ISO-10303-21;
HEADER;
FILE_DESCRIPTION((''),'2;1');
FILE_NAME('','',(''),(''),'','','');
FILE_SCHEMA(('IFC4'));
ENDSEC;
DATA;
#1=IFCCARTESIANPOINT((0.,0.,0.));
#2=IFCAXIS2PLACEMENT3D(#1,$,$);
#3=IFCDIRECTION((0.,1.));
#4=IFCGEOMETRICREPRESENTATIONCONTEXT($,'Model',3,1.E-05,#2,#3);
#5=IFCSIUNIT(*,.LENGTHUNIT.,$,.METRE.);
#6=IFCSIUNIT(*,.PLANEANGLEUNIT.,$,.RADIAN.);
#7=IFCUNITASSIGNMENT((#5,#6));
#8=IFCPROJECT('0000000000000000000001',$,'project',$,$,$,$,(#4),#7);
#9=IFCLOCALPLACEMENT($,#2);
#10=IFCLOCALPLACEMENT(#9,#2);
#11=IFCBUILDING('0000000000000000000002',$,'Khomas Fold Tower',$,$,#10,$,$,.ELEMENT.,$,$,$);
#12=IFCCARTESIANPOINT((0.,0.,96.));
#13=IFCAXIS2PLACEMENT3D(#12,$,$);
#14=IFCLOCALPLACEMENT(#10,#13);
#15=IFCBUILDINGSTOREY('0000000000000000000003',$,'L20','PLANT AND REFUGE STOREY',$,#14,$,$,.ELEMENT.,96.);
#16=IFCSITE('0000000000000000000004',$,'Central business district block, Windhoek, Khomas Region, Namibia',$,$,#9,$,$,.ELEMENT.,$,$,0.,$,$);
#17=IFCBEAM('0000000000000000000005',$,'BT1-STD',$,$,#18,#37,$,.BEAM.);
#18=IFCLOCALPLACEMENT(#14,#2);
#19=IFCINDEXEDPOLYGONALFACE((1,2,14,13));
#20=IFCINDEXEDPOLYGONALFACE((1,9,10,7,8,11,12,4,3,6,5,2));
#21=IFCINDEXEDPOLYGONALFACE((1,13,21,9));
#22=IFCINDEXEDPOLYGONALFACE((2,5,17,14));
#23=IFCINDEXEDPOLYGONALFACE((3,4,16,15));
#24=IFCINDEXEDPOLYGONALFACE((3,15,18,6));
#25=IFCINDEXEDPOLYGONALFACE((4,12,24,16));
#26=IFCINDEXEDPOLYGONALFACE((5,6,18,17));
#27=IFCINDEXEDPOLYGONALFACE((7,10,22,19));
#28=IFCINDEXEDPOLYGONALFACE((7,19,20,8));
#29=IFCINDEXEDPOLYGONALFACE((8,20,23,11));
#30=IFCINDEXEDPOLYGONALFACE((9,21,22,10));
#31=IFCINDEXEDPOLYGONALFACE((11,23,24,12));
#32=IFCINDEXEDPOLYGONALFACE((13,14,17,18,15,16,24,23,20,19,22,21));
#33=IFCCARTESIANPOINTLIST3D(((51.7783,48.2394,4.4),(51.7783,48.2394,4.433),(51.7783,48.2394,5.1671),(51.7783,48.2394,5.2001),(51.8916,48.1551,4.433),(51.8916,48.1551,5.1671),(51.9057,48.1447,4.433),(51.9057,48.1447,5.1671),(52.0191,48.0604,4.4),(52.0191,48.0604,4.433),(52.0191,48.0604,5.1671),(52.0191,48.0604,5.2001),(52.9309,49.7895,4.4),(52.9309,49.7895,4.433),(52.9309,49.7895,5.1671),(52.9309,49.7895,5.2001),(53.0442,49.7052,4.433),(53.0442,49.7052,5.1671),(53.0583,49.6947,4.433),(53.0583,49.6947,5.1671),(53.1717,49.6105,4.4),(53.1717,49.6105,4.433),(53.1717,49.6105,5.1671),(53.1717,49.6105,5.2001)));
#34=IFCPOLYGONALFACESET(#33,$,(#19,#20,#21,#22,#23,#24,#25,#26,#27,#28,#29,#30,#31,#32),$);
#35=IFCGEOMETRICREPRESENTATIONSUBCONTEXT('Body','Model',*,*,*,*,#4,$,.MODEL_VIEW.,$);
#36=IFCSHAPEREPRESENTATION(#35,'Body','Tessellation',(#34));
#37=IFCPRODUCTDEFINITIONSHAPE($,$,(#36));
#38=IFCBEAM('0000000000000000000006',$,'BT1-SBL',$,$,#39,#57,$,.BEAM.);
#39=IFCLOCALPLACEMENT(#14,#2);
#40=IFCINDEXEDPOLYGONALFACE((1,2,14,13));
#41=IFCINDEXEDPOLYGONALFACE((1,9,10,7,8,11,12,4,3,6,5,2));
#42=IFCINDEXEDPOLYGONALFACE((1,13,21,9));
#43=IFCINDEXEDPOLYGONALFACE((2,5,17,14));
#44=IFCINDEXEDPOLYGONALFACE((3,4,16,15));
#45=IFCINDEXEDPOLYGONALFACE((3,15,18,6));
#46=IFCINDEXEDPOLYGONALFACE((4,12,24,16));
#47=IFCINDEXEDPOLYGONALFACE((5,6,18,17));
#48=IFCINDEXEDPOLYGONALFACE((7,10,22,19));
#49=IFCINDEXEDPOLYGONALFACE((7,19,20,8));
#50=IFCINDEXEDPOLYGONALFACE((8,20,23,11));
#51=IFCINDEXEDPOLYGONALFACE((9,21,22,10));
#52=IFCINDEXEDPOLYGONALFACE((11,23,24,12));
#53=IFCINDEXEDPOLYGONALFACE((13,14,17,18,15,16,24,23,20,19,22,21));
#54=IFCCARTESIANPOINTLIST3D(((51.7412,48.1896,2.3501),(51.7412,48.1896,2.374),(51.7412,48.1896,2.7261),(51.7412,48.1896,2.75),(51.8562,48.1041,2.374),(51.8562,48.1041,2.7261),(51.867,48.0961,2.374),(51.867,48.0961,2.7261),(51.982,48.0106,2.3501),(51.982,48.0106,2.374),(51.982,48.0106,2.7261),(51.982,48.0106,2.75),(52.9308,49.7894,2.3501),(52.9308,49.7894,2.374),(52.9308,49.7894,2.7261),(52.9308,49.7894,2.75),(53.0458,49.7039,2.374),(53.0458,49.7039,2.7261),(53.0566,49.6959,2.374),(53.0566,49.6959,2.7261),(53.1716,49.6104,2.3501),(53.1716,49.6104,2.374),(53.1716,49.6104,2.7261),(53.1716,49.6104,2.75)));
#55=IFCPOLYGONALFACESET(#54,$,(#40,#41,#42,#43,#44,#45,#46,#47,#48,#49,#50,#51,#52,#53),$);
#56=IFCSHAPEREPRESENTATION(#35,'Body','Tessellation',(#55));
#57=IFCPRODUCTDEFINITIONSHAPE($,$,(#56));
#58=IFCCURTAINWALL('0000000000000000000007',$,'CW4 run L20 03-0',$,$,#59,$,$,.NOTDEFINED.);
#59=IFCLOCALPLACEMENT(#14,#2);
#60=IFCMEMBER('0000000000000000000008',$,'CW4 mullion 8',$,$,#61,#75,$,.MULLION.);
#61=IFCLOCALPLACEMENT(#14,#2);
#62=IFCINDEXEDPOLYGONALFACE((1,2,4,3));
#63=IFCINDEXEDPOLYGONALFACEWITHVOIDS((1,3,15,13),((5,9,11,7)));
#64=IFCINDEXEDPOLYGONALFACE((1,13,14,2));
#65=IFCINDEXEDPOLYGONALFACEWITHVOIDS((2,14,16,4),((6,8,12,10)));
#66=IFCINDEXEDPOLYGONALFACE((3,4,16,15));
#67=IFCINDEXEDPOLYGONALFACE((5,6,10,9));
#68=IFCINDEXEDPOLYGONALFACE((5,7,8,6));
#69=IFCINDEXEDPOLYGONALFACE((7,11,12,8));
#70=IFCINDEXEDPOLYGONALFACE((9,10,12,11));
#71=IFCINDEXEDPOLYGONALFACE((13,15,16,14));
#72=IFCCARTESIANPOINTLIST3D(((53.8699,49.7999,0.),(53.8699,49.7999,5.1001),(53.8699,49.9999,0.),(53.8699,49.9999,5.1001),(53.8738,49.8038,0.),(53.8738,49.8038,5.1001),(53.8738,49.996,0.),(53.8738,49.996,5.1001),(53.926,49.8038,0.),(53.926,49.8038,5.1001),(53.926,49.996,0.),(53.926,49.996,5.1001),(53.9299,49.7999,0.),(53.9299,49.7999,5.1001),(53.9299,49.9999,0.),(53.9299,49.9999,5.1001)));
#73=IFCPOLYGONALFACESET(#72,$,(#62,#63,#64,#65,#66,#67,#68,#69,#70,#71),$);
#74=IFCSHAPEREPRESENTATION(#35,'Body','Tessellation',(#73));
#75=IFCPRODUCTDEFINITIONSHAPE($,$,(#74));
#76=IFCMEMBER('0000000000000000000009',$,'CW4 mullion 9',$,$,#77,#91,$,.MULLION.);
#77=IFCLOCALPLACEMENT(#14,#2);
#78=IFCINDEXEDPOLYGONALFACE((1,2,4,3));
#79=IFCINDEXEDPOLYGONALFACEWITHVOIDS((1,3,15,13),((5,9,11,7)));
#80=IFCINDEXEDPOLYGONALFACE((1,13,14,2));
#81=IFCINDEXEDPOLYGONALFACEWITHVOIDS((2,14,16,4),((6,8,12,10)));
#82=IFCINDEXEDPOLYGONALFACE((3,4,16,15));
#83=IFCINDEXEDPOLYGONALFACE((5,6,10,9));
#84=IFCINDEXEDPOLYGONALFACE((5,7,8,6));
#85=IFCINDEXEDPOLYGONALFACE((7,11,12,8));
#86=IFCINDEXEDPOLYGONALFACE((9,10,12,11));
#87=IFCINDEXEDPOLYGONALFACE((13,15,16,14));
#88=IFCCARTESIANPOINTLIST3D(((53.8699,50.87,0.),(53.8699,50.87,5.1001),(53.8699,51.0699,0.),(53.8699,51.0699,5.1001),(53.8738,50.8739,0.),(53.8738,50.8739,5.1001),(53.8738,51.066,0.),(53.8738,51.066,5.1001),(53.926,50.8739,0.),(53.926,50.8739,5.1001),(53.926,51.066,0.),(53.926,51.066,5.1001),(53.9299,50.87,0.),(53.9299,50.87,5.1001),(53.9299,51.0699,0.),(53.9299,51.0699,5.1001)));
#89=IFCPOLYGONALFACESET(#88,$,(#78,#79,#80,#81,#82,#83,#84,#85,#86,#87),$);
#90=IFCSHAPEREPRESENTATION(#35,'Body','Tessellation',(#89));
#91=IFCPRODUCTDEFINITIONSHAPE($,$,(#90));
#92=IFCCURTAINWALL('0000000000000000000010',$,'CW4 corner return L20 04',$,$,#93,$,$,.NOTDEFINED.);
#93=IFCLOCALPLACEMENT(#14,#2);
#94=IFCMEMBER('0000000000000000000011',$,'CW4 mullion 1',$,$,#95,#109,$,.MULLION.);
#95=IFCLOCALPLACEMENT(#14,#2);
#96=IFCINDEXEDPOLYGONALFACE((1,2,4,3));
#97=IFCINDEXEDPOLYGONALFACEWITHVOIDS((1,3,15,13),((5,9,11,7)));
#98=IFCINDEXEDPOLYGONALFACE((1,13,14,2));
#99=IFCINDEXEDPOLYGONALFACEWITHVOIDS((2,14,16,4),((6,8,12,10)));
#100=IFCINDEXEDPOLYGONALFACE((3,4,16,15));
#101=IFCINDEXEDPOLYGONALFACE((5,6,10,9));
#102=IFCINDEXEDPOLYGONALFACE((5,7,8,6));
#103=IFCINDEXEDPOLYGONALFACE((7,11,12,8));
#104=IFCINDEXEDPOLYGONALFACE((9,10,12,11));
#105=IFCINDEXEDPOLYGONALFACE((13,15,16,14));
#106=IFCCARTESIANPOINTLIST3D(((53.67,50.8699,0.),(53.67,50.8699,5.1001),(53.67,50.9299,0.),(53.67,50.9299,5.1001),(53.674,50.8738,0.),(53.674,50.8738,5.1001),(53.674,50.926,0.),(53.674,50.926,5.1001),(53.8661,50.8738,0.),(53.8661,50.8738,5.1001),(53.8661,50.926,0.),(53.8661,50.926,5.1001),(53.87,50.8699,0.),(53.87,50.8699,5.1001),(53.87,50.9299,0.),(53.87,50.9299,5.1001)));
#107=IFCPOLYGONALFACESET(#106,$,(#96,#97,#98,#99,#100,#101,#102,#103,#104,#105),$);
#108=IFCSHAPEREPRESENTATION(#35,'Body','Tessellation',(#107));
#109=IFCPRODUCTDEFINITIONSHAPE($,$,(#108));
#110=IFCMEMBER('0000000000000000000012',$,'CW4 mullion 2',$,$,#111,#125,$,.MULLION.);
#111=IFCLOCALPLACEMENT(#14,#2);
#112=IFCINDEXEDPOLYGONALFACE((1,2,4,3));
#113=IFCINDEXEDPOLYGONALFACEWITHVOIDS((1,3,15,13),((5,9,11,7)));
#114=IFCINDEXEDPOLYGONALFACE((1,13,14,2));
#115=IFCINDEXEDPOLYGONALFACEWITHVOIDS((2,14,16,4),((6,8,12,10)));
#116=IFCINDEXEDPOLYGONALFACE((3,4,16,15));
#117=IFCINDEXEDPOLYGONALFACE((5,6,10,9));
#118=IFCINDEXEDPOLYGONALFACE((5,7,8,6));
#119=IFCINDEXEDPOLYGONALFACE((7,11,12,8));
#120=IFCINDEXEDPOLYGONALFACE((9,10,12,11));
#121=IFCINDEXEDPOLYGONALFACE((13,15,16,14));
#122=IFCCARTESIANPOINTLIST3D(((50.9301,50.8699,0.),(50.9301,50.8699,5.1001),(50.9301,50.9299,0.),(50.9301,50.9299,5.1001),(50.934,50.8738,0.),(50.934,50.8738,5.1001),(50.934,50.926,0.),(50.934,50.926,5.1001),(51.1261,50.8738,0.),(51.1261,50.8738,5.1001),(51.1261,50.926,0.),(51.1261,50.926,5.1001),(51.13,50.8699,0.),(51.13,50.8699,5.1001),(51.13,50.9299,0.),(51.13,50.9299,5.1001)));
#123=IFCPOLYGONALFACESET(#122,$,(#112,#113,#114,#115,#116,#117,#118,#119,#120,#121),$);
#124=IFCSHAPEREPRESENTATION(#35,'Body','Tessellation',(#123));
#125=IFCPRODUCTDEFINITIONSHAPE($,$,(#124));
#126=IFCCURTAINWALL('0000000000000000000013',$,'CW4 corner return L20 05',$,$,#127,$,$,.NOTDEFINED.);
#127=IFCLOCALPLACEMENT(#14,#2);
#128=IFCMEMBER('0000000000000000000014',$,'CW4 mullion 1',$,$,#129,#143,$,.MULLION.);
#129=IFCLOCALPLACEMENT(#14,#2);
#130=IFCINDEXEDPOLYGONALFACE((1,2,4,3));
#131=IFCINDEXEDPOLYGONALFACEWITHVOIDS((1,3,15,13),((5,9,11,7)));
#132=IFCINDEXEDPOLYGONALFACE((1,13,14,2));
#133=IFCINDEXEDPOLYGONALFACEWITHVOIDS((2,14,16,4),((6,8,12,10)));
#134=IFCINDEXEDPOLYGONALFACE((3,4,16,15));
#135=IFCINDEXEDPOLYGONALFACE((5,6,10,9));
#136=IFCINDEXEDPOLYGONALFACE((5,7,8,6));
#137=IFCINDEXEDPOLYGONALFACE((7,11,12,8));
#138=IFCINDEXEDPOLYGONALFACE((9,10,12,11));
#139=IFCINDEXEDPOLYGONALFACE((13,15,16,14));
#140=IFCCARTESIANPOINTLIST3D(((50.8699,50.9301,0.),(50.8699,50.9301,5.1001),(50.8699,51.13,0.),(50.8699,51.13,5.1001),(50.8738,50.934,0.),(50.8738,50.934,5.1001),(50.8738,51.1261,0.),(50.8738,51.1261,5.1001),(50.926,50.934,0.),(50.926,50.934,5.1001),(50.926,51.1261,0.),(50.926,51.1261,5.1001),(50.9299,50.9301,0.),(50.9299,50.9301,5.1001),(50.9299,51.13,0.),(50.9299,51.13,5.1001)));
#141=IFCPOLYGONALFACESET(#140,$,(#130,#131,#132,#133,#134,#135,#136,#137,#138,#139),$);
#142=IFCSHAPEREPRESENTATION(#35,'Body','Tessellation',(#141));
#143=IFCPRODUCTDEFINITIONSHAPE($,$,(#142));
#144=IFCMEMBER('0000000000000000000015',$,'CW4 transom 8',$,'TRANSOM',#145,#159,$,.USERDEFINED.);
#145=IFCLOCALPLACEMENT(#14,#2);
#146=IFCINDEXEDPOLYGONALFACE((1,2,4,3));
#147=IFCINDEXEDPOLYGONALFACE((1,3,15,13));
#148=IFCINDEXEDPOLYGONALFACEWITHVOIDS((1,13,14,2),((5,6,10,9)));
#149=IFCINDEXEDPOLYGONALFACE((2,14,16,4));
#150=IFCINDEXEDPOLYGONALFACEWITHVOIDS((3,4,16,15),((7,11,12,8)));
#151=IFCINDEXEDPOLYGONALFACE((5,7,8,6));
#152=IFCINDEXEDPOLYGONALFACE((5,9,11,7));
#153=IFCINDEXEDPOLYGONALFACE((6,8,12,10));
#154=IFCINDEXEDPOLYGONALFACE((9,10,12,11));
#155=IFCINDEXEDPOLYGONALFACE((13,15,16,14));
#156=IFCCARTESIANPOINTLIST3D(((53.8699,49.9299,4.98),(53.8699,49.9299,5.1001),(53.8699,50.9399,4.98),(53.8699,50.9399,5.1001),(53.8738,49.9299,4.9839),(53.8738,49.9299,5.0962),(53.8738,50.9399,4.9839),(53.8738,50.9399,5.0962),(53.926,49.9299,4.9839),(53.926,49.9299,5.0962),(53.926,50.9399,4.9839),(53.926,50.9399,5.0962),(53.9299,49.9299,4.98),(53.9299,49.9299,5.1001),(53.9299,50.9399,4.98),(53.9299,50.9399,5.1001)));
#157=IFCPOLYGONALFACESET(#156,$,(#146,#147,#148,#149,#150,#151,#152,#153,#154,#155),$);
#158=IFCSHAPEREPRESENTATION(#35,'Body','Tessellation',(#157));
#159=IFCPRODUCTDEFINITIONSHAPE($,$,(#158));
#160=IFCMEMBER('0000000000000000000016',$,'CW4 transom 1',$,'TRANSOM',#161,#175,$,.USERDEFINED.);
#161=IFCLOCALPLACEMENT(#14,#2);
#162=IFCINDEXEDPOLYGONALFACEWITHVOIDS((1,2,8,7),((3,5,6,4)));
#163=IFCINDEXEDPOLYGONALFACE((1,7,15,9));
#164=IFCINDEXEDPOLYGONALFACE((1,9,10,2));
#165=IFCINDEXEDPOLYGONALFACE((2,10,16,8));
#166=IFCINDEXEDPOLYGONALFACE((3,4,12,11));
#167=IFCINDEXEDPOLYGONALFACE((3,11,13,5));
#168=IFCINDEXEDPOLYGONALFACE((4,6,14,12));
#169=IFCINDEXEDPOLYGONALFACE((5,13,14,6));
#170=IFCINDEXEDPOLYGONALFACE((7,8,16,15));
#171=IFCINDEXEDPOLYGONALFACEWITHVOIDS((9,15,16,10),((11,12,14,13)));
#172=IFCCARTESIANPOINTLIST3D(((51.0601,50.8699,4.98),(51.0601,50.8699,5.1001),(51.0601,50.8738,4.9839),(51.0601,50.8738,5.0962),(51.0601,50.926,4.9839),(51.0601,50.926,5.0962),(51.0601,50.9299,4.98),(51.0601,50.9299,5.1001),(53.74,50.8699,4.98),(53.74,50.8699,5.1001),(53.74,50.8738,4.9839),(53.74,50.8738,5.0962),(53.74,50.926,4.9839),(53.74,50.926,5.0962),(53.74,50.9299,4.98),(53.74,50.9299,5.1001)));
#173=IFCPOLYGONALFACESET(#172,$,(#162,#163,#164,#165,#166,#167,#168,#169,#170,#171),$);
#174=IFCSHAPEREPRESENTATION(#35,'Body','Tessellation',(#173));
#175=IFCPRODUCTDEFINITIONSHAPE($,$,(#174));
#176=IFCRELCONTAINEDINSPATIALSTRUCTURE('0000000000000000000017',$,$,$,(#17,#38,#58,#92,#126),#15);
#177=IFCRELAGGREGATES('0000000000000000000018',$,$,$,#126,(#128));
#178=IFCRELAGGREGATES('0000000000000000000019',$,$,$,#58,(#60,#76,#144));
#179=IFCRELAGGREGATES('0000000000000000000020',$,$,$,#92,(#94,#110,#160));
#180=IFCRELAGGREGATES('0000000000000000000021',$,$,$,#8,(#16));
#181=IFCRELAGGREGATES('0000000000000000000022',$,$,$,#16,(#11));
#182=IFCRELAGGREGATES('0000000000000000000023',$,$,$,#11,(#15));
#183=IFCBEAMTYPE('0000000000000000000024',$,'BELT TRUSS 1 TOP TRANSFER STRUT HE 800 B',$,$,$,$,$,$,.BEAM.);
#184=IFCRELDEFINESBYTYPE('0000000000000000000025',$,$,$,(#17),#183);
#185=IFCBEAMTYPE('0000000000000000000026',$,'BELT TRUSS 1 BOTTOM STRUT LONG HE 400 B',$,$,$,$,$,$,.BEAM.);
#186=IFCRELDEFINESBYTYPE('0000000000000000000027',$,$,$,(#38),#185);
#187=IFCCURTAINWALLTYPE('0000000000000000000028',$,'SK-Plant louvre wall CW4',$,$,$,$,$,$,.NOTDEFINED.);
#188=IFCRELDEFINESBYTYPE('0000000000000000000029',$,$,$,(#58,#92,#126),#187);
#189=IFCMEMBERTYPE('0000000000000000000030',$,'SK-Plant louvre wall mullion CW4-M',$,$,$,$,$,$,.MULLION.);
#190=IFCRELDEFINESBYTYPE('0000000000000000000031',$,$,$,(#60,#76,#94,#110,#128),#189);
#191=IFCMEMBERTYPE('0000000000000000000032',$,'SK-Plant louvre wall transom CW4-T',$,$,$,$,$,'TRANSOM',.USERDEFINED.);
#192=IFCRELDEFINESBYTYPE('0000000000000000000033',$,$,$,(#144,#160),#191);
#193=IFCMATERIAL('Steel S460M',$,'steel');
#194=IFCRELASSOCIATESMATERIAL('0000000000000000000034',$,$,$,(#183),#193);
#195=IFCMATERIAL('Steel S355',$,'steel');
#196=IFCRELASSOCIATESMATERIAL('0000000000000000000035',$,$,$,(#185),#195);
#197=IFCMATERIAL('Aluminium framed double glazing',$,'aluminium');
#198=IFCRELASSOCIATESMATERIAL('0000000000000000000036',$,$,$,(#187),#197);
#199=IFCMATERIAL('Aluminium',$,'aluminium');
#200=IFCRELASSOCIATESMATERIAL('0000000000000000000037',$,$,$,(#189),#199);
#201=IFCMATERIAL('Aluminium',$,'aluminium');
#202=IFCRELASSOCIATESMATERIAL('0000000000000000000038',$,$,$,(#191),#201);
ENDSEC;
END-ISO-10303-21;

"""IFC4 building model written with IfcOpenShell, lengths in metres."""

from ifc_helpers import new_model, si_unit, direction, frame, origin, origin_2d, place, context, subcontext, project, spatial, hollow_rectangle, i_section, extrude, source, transform, mapped, material, material_profile, profile_set, type_object, element, aggregate, save


model = new_model("IFC4")

# Units and contexts
model_context = context("Model", 3, precision=1e-05, world=origin(), true_north=direction((0.0, 1.0)))
body_context = subcontext(model_context, "Body", "Model", "MODEL_VIEW")
ifc_project = project(units=[si_unit("LENGTHUNIT", "METRE"), si_unit("PLANEANGLEUNIT", "RADIAN")], contexts=[model_context])

# Site, building, storey
site_placement = place(None, origin())
site = spatial("IfcSite", under=ifc_project, at=site_placement, Name="Central business district block, Windhoek, Khomas Region, Namibia", CompositionType="ELEMENT", RefElevation=0.0)
building_placement = place(site_placement, origin())
building = spatial("IfcBuilding", under=site, at=building_placement, Name="Khomas Fold Tower", CompositionType="ELEMENT")
storey_placement = place(building_placement, frame((0.0, 0.0, 96.0)))
storey = spatial("IfcBuildingStorey", under=building, at=storey_placement, Name="L20", Description="PLANT AND REFUGE STOREY", CompositionType="ELEMENT", Elevation=96.0)

# Beams
ifc_material_1 = material(Name="Steel S460M", Category="steel")
ifc_material_profile_1 = material_profile(ifc_material_1, i_section(OverallWidth=0.3, OverallDepth=0.8, WebThickness=0.0176, FlangeThickness=0.033, at=origin_2d()), Name="HE 800 B")
ifc_profile_set_1 = profile_set([ifc_material_profile_1], Name="Steel S460M")
beam_type_1 = type_object("IfcBeamType", Name="BELT TRUSS 1 TOP TRANSFER STRUT HE 800 B", PredefinedType="BEAM", material=ifc_profile_set_1)
shared_shape_1 = source(origin(), body_context, "Body", "SweptSolid", [
    extrude(i_section(OverallWidth=0.3, OverallDepth=0.8, WebThickness=0.0176, FlangeThickness=0.033, at=origin_2d()), origin(), (0.0, 0.0, 1.0), 1.9316),
])
beam_1_placement = place(storey_placement, frame((51.8987, 48.1499, 4.8), z_axis=(0.596699, 0.802465, 0.0), x_axis=(-0.802465, 0.596699, 0.0)))
element("IfcBeam", 1, at=beam_1_placement, inside=storey, type_object=beam_type_1, Name="BT1-STD", PredefinedType="BEAM", context=body_context, shape_type="MappedRepresentation", body=[
    mapped(shared_shape_1, transform((0.0, 0.0, 0.0))),
])
ifc_material_2 = material(Name="Steel S355", Category="steel")
ifc_material_profile_2 = material_profile(ifc_material_2, i_section(OverallWidth=0.3, OverallDepth=0.3999, WebThickness=0.0134, FlangeThickness=0.0239, at=origin_2d()), Name="HE 400 B")
ifc_profile_set_2 = profile_set([ifc_material_profile_2], Name="Steel S355")
beam_type_2 = type_object("IfcBeamType", Name="BELT TRUSS 1 BOTTOM STRUT LONG HE 400 B", PredefinedType="BEAM", material=ifc_profile_set_2)
shared_shape_2 = source(origin(), body_context, "Body", "SweptSolid", [
    extrude(i_section(OverallWidth=0.3, OverallDepth=0.3999, WebThickness=0.0134, FlangeThickness=0.0239, at=origin_2d()), origin(), (0.0, 0.0, 1.0), 1.9937),
])
beam_2_placement = place(storey_placement, frame((51.8616, 48.1001, 2.55), z_axis=(0.596723, 0.802447, 0.0), x_axis=(-0.802447, 0.596723, 0.0)))
element("IfcBeam", 2, at=beam_2_placement, inside=storey, type_object=beam_type_2, Name="BT1-SBL", PredefinedType="BEAM", context=body_context, shape_type="MappedRepresentation", body=[
    mapped(shared_shape_2, transform((0.0, 0.0, 0.0))),
])

# Curtain walls, members
ifc_material_3 = material(Name="Aluminium framed double glazing", Category="aluminium")
curtain_wall_type = type_object("IfcCurtainWallType", Name="SK-Plant louvre wall CW4", PredefinedType="NOTDEFINED", material=ifc_material_3)
curtain_wall_1_placement = place(storey_placement, origin())
curtain_wall_1 = element("IfcCurtainWall", 3, at=curtain_wall_1_placement, inside=storey, type_object=curtain_wall_type, Name="CW4 run L20 03-0", PredefinedType="NOTDEFINED")
ifc_material_4 = material(Name="Aluminium", Category="aluminium")
ifc_material_profile_3 = material_profile(ifc_material_4, hollow_rectangle(XDim=0.0601, YDim=0.2, WallThickness=0.0039, at=origin_2d()), Name="SK-Plant louvre wall mullion CW4-M")
ifc_profile_set_3 = profile_set([ifc_material_profile_3], Name="Aluminium")
member_type_1 = type_object("IfcMemberType", Name="SK-Plant louvre wall mullion CW4-M", PredefinedType="MULLION", material=ifc_profile_set_3)
shared_shape_3 = source(origin(), body_context, "Body", "SweptSolid", [
    extrude(hollow_rectangle(XDim=0.0601, YDim=0.2, WallThickness=0.0039, at=origin_2d()), origin(), (0.0, 0.0, 1.0), 5.1001),
])
member_1_placement = place(storey_placement, frame((53.8999, 49.8999, 0.0), z_axis=(0.0, 0.0, 1.0), x_axis=(-1.0, 0.0, 0.0)))
member_1 = element("IfcMember", 4, at=member_1_placement, type_object=member_type_1, Name="CW4 mullion 8", PredefinedType="MULLION", context=body_context, shape_type="MappedRepresentation", body=[
    mapped(shared_shape_3, transform((0.0, 0.0, 0.0))),
])
member_2_placement = place(storey_placement, frame((53.8999, 50.97, 0.0), z_axis=(0.0, 0.0, 1.0), x_axis=(-1.0, 0.0, 0.0)))
member_2 = element("IfcMember", 5, at=member_2_placement, type_object=member_type_1, Name="CW4 mullion 9", PredefinedType="MULLION", context=body_context, shape_type="MappedRepresentation", body=[
    mapped(shared_shape_3, transform((0.0, 0.0, 0.0))),
])
curtain_wall_2_placement = place(storey_placement, origin())
curtain_wall_2 = element("IfcCurtainWall", 6, at=curtain_wall_2_placement, inside=storey, type_object=curtain_wall_type, Name="CW4 corner return L20 04", PredefinedType="NOTDEFINED")
member_3_placement = place(storey_placement, frame((53.77, 50.8999, 0.0), z_axis=(0.0, 0.0, 1.0), x_axis=(0.0, -1.0, 0.0)))
member_3 = element("IfcMember", 7, at=member_3_placement, type_object=member_type_1, Name="CW4 mullion 1", PredefinedType="MULLION", context=body_context, shape_type="MappedRepresentation", body=[
    mapped(shared_shape_3, transform((0.0, 0.0, 0.0))),
])
member_4_placement = place(storey_placement, frame((51.03, 50.8999, 0.0), z_axis=(0.0, 0.0, 1.0), x_axis=(0.0, -1.0, 0.0)))
member_4 = element("IfcMember", 8, at=member_4_placement, type_object=member_type_1, Name="CW4 mullion 2", PredefinedType="MULLION", context=body_context, shape_type="MappedRepresentation", body=[
    mapped(shared_shape_3, transform((0.0, 0.0, 0.0))),
])

# Curtain wall, member
curtain_wall_3_placement = place(storey_placement, origin())
curtain_wall_3 = element("IfcCurtainWall", 9, at=curtain_wall_3_placement, inside=storey, type_object=curtain_wall_type, Name="CW4 corner return L20 05", PredefinedType="NOTDEFINED")
member_5_placement = place(storey_placement, frame((50.8999, 51.03, 0.0), z_axis=(0.0, 0.0, 1.0), x_axis=(-1.0, 0.0, 0.0)))
member_5 = element("IfcMember", 10, at=member_5_placement, type_object=member_type_1, Name="CW4 mullion 1", PredefinedType="MULLION", context=body_context, shape_type="MappedRepresentation", body=[
    mapped(shared_shape_3, transform((0.0, 0.0, 0.0))),
])
aggregate(curtain_wall_3, [member_5])

# Members
ifc_material_5 = material(Name="Aluminium", Category="aluminium")
ifc_material_profile_4 = material_profile(ifc_material_5, hollow_rectangle(XDim=0.0601, YDim=0.1201, WallThickness=0.0039, at=origin_2d()), Name="SK-Plant louvre wall transom CW4-T")
ifc_profile_set_4 = profile_set([ifc_material_profile_4], Name="Aluminium")
member_type_2 = type_object("IfcMemberType", Name="SK-Plant louvre wall transom CW4-T", ElementType="TRANSOM", PredefinedType="USERDEFINED", material=ifc_profile_set_4)
shared_shape_4 = source(origin(), body_context, "Body", "SweptSolid", [
    extrude(hollow_rectangle(XDim=0.0601, YDim=0.1201, WallThickness=0.0039, at=origin_2d()), origin(), (0.0, 0.0, 1.0), 1.01),
])
member_6_placement = place(storey_placement, frame((53.8999, 49.9299, 5.04), z_axis=(0.0, 1.0, 0.0), x_axis=(-1.0, 0.0, 0.0)))
member_6 = element("IfcMember", 11, at=member_6_placement, type_object=member_type_2, Name="CW4 transom 8", ObjectType="TRANSOM", PredefinedType="USERDEFINED", context=body_context, shape_type="MappedRepresentation", body=[
    mapped(shared_shape_4, transform((0.0, 0.0, 0.0))),
])
shared_shape_5 = source(origin(), body_context, "Body", "SweptSolid", [
    extrude(hollow_rectangle(XDim=0.0601, YDim=0.1201, WallThickness=0.0039, at=origin_2d()), origin(), (0.0, 0.0, 1.0), 2.6799),
])
member_7_placement = place(storey_placement, frame((53.74, 50.8999, 5.04), z_axis=(-1.0, 0.0, 0.0), x_axis=(0.0, -1.0, 0.0)))
member_7 = element("IfcMember", 12, at=member_7_placement, type_object=member_type_2, Name="CW4 transom 1", ObjectType="TRANSOM", PredefinedType="USERDEFINED", context=body_context, shape_type="MappedRepresentation", body=[
    mapped(shared_shape_5, transform((0.0, 0.0, 0.0))),
])

aggregate(curtain_wall_1, [member_1, member_2, member_6])
aggregate(curtain_wall_2, [member_3, member_4, member_7])

save(model, "model.ifc")
